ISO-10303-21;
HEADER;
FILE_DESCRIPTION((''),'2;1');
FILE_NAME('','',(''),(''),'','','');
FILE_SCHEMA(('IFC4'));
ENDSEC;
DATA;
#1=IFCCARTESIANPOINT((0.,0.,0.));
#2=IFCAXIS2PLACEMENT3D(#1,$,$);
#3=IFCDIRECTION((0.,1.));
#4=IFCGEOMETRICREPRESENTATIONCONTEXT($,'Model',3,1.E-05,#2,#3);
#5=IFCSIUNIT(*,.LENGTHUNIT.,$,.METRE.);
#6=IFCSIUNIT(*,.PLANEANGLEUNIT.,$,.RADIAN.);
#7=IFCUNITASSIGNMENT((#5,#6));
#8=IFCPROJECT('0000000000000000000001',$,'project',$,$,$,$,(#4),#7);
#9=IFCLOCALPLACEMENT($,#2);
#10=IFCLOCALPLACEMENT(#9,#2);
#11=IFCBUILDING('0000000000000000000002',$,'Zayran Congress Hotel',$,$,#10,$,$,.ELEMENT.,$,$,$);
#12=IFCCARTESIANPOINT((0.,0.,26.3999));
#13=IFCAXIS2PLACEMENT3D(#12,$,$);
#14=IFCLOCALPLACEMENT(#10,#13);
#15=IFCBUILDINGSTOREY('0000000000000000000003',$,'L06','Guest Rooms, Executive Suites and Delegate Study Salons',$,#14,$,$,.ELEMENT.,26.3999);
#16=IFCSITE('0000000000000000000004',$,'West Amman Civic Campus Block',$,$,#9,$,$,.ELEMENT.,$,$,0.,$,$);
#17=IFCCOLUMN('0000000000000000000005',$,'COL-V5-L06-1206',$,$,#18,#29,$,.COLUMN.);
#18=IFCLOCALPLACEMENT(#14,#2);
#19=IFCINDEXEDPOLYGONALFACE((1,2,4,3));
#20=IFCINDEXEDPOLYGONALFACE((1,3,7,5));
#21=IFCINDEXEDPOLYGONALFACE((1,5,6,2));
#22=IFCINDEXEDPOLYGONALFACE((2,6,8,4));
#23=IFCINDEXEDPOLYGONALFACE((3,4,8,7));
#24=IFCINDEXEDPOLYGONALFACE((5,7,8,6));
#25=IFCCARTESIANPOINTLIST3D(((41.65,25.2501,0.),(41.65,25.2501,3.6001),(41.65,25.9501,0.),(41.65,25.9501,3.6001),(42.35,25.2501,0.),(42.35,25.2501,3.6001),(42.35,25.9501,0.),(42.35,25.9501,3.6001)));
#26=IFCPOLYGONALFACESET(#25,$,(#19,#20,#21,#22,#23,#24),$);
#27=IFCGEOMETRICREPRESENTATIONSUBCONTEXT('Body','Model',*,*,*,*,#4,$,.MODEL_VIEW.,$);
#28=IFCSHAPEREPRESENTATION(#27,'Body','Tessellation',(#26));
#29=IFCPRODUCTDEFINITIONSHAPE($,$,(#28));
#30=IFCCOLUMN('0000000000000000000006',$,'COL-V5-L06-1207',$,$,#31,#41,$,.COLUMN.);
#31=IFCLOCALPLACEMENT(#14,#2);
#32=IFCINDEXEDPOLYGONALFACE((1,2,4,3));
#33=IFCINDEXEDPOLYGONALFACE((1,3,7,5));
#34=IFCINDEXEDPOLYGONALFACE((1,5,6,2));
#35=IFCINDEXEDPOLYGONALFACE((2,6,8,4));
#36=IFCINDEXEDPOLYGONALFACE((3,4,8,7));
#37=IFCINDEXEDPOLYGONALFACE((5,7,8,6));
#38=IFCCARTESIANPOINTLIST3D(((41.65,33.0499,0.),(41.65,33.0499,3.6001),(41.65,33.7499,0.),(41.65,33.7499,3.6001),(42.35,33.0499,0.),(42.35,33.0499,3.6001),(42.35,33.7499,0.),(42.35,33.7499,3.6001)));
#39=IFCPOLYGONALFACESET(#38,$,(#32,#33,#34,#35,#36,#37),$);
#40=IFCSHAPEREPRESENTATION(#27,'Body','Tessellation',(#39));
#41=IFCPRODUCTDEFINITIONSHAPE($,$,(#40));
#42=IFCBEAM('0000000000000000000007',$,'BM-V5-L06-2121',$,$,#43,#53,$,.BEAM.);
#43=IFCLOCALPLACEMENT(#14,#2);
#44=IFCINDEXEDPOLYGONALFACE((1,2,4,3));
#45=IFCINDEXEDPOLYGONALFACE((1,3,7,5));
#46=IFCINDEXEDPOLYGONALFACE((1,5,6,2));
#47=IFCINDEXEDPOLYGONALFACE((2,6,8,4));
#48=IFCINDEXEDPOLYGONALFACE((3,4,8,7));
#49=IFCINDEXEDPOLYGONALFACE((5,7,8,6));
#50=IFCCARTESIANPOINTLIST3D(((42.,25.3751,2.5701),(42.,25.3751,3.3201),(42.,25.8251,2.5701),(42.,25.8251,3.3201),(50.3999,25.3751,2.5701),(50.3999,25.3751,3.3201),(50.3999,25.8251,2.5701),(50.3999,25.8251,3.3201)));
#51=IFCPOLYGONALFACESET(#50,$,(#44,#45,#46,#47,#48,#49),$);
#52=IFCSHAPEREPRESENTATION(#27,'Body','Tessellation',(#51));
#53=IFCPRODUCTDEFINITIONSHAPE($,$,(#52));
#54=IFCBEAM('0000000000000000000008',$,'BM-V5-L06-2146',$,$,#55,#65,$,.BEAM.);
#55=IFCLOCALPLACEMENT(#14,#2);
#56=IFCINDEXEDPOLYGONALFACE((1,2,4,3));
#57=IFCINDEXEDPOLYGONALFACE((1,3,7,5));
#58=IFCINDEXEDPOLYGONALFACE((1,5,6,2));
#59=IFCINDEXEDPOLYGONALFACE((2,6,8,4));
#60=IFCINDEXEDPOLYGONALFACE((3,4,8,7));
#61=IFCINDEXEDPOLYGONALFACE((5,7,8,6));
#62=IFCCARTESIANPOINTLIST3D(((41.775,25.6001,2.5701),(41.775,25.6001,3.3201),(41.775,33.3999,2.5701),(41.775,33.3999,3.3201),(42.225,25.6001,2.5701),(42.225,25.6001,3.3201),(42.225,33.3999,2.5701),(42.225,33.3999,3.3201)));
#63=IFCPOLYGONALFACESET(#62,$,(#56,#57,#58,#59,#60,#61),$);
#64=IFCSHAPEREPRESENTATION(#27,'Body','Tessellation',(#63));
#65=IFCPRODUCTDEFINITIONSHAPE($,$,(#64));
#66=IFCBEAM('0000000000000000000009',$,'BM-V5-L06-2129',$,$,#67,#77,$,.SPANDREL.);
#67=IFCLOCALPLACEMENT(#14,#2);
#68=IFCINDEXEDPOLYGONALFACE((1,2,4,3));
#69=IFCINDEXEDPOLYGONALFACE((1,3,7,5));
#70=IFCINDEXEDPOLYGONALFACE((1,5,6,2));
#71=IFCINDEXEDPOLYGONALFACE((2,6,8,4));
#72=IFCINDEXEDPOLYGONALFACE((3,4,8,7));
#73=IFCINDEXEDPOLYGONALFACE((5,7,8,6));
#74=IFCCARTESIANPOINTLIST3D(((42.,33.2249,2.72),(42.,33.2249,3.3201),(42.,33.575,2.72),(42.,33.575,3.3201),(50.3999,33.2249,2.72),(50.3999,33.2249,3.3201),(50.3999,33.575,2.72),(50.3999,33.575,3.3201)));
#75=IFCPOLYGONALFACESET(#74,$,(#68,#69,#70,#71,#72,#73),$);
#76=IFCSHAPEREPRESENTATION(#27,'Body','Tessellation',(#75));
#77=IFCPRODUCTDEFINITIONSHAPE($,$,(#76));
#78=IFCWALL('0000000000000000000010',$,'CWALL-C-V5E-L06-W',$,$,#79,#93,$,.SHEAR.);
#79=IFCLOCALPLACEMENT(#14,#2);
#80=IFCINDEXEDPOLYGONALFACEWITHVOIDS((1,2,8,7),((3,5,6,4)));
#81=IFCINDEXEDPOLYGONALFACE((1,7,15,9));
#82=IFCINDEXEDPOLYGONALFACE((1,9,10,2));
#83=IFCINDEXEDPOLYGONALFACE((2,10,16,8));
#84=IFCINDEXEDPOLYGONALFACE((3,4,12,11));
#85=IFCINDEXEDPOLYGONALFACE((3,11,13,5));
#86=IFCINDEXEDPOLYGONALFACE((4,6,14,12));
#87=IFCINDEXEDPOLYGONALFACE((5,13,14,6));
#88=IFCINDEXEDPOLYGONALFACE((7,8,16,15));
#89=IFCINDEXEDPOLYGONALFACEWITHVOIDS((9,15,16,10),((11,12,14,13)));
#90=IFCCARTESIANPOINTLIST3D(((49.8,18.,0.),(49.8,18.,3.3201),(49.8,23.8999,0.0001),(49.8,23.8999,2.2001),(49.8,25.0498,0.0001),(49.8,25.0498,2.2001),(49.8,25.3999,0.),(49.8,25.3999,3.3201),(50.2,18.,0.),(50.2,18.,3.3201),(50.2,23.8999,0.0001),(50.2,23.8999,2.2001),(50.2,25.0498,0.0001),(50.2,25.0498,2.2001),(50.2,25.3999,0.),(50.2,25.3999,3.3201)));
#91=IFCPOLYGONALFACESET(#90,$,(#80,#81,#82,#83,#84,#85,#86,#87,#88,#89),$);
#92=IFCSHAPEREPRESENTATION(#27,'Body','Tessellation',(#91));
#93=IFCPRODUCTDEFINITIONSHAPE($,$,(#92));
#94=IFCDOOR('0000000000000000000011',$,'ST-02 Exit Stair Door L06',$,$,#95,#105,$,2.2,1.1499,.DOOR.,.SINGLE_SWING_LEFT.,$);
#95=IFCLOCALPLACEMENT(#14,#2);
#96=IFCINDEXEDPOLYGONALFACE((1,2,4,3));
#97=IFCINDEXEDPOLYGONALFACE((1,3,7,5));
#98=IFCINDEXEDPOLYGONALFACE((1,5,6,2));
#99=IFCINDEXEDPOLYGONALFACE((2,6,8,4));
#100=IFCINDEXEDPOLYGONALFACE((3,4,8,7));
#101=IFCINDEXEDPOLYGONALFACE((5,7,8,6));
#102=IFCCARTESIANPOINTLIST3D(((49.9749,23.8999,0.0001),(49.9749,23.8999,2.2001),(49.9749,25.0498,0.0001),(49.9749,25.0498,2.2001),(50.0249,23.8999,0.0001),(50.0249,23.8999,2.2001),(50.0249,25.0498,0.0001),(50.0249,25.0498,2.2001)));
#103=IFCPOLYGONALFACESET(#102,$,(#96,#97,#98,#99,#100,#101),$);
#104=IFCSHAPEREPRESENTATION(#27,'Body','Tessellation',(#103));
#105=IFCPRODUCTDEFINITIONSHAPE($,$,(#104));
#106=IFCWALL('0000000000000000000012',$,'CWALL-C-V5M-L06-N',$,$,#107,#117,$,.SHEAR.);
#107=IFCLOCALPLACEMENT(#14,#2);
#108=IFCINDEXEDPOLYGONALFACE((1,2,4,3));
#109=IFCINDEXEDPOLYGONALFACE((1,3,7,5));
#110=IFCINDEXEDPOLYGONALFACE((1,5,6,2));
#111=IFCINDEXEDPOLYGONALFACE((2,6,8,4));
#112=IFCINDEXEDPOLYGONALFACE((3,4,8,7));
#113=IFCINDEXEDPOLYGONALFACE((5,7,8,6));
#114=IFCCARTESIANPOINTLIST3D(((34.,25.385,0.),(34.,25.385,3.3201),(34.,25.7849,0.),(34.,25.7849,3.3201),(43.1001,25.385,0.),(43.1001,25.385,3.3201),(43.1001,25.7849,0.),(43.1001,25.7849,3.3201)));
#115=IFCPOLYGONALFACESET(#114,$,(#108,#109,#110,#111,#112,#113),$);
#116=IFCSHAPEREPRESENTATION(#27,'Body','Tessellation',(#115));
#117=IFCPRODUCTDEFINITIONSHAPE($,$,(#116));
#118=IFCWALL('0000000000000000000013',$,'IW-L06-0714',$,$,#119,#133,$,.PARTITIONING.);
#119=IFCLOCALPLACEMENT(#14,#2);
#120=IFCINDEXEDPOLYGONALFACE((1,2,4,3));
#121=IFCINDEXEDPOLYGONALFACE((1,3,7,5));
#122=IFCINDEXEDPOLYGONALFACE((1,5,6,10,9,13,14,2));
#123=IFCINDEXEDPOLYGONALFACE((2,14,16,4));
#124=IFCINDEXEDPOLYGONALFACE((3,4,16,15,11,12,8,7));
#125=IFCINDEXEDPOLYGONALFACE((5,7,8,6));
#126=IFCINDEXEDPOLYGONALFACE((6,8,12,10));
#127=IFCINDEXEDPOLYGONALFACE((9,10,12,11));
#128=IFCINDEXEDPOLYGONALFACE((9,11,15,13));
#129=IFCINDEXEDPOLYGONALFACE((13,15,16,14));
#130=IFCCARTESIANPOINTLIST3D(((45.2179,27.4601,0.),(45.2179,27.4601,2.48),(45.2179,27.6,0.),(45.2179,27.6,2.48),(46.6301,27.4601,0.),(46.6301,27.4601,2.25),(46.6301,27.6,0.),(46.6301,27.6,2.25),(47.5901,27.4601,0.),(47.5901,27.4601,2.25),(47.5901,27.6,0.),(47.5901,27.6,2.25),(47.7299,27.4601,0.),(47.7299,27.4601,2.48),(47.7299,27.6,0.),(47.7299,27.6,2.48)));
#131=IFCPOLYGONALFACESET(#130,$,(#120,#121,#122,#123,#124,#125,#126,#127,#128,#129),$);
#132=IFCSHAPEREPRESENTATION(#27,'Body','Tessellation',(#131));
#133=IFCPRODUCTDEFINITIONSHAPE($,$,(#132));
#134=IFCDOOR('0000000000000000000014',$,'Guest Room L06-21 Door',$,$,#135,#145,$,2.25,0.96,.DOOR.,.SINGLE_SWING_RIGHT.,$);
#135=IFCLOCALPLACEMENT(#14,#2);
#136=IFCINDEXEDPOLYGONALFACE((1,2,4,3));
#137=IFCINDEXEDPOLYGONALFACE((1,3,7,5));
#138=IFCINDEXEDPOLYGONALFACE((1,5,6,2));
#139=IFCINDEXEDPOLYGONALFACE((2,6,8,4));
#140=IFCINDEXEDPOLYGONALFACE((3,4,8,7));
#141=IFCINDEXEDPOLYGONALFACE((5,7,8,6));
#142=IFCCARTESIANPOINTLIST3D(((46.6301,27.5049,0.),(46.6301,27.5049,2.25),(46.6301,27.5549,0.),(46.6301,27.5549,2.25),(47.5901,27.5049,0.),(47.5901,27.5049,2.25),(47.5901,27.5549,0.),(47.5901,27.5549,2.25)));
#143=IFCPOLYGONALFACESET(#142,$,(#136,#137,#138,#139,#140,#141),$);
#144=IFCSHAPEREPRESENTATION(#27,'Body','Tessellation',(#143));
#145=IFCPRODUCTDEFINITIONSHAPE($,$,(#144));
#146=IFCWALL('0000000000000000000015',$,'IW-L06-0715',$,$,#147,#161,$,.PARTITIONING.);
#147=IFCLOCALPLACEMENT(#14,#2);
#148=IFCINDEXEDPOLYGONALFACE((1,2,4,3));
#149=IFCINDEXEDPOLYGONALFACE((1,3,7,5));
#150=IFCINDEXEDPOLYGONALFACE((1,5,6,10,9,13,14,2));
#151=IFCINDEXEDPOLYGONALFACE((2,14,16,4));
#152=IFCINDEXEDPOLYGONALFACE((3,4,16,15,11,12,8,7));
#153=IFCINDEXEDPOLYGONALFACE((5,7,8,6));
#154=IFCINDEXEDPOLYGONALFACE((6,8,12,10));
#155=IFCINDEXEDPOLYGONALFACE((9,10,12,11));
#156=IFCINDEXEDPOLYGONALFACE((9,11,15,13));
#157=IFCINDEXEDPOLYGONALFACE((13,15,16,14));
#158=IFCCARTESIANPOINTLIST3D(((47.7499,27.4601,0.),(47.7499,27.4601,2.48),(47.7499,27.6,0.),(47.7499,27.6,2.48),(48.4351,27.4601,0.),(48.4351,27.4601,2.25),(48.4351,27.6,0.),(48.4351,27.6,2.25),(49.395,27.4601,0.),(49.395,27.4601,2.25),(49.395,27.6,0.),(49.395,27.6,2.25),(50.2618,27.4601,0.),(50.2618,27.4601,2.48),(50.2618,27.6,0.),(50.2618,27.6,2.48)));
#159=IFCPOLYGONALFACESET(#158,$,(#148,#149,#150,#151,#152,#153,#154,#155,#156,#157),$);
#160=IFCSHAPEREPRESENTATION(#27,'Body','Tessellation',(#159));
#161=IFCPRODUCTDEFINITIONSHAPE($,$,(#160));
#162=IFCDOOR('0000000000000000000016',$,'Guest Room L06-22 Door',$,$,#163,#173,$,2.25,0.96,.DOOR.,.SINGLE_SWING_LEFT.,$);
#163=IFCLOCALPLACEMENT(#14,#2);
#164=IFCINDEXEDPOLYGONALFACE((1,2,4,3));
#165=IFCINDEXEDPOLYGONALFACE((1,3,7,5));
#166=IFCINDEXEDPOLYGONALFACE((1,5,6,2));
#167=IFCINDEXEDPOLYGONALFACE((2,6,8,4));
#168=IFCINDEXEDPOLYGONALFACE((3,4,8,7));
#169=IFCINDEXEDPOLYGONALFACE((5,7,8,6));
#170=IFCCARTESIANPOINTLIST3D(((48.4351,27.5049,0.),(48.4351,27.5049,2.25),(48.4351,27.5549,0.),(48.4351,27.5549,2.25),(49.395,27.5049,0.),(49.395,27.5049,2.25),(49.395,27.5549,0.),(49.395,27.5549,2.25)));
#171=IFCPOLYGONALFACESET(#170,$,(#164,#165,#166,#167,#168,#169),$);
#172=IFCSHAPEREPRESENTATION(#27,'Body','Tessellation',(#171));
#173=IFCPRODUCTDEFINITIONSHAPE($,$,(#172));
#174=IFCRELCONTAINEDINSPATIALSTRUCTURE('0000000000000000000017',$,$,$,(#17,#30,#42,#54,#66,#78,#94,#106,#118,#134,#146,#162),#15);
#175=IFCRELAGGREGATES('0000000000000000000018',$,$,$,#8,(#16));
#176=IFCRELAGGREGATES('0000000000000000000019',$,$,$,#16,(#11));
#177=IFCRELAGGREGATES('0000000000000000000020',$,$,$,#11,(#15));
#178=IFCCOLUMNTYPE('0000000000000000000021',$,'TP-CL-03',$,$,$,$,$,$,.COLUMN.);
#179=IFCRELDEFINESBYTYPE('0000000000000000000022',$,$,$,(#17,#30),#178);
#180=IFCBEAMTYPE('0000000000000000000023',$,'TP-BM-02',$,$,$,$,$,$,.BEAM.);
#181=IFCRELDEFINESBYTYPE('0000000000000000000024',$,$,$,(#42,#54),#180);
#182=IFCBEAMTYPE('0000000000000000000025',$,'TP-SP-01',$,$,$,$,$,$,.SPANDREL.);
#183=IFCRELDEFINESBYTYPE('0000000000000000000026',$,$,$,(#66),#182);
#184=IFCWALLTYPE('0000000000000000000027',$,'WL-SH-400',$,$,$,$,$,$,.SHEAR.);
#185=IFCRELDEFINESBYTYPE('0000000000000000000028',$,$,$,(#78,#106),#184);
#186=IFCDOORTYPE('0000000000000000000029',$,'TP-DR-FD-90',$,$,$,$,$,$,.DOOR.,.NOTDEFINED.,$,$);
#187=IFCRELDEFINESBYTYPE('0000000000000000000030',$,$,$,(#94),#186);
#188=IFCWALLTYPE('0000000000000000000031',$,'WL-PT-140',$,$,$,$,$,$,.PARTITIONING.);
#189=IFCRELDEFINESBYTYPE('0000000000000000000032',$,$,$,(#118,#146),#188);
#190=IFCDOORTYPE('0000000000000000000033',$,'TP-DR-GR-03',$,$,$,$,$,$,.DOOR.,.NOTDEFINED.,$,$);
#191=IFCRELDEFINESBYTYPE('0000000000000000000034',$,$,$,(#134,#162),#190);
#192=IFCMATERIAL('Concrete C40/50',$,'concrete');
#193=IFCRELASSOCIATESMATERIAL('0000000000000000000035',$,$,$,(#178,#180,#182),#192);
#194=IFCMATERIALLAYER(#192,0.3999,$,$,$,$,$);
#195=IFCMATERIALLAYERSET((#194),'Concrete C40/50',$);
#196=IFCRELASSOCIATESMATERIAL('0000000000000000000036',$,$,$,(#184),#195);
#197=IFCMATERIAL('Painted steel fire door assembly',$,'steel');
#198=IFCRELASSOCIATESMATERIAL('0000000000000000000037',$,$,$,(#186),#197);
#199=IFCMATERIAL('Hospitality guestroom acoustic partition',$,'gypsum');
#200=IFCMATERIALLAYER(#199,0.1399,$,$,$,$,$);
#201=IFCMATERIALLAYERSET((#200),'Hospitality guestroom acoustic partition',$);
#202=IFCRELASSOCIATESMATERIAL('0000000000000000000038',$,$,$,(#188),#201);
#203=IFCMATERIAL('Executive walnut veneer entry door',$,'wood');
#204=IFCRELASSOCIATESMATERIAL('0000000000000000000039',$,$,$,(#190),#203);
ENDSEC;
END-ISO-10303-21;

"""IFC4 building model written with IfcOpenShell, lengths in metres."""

from ifc_helpers import new_model, si_unit, direction, frame, frame_2d, origin, origin_2d, place, context, subcontext, project, spatial, rectangle, extrude, material, layer, layer_set, material_profile, profile_set, type_object, element, fill, save


model = new_model("IFC4")

# Units and contexts
model_context = context("Model", 3, precision=1e-05, world=origin(), true_north=direction((0.0, 1.0)))
body_context = subcontext(model_context, "Body", "Model", "MODEL_VIEW")
ifc_project = project(units=[si_unit("LENGTHUNIT", "METRE"), si_unit("PLANEANGLEUNIT", "RADIAN")], contexts=[model_context])

# Site, building, storey
site_placement = place(None, origin())
site = spatial("IfcSite", under=ifc_project, at=site_placement, Name="West Amman Civic Campus Block", CompositionType="ELEMENT", RefElevation=0.0)
building_placement = place(site_placement, origin())
building = spatial("IfcBuilding", under=site, at=building_placement, Name="Zayran Congress Hotel", CompositionType="ELEMENT")
storey_placement = place(building_placement, frame((0.0, 0.0, 26.3999)))
storey = spatial("IfcBuildingStorey", under=building, at=storey_placement, Name="L06", Description="Guest Rooms, Executive Suites and Delegate Study Salons", CompositionType="ELEMENT", Elevation=26.3999)

# Columns
ifc_material_1 = material(Name="Concrete C40/50", Category="concrete")
ifc_material_profile_1 = material_profile(ifc_material_1, rectangle(XDim=0.7, YDim=0.7, at=origin_2d()), Name="RC 700x700")
ifc_profile_set_1 = profile_set([ifc_material_profile_1], Name="Concrete C40/50")
column_type = type_object("IfcColumnType", Name="TP-CL-03", PredefinedType="COLUMN", material=ifc_profile_set_1)
for number, where, z_axis, x_axis, name in (
    (1, (42.0, 25.6001, 0.0), (0.0, 0.0, 1.0), (1.0, 0.0, 0.0), "COL-V5-L06-1206"),
    (2, (42.0, 33.3999, 0.0), (0.0, 0.0, 1.0), (1.0, 0.0, 0.0), "COL-V5-L06-1207"),
):
    element("IfcColumn", number, at=place(storey_placement, frame(where, z_axis=z_axis, x_axis=x_axis)), inside=storey, type_object=column_type, Name=name, PredefinedType="COLUMN", context=body_context, shape_type="SweptSolid", body=[
        extrude(rectangle(XDim=0.7, YDim=0.7, at=origin_2d()), origin(), (0.0, 0.0, 1.0), 3.6001),
    ])

# Beams
ifc_material_profile_2 = material_profile(ifc_material_1, rectangle(XDim=0.45, YDim=0.75, at=origin_2d()), Name="RC 450x750")
ifc_profile_set_2 = profile_set([ifc_material_profile_2], Name="Concrete C40/50")
beam_type_1 = type_object("IfcBeamType", Name="TP-BM-02", PredefinedType="BEAM", material=ifc_profile_set_2)
beam_1_placement = place(storey_placement, frame((42.0, 25.6001, 2.9451), z_axis=(1.0, 0.0, 0.0), x_axis=(0.0, 1.0, 0.0)))
element("IfcBeam", 3, at=beam_1_placement, inside=storey, type_object=beam_type_1, Name="BM-V5-L06-2121", PredefinedType="BEAM", context=body_context, shape_type="SweptSolid", body=[
    extrude(rectangle(XDim=0.45, YDim=0.75, at=origin_2d()), origin(), (0.0, 0.0, 1.0), 8.3999),
])
beam_2_placement = place(storey_placement, frame((42.0, 25.6001, 2.9451), z_axis=(0.0, 1.0, 0.0), x_axis=(-1.0, 0.0, 0.0)))
element("IfcBeam", 4, at=beam_2_placement, inside=storey, type_object=beam_type_1, Name="BM-V5-L06-2146", PredefinedType="BEAM", context=body_context, shape_type="SweptSolid", body=[
    extrude(rectangle(XDim=0.45, YDim=0.75, at=origin_2d()), origin(), (0.0, 0.0, 1.0), 7.7998),
])
ifc_material_profile_3 = material_profile(ifc_material_1, rectangle(XDim=0.3501, YDim=0.6001, at=origin_2d()), Name="RC 350x600")
ifc_profile_set_3 = profile_set([ifc_material_profile_3], Name="Concrete C40/50")
beam_type_2 = type_object("IfcBeamType", Name="TP-SP-01", PredefinedType="SPANDREL", material=ifc_profile_set_3)
beam_3_placement = place(storey_placement, frame((42.0, 33.3999, 3.02), z_axis=(1.0, 0.0, 0.0), x_axis=(0.0, 1.0, 0.0)))
element("IfcBeam", 5, at=beam_3_placement, inside=storey, type_object=beam_type_2, Name="BM-V5-L06-2129", PredefinedType="SPANDREL", context=body_context, shape_type="SweptSolid", body=[
    extrude(rectangle(XDim=0.3501, YDim=0.6001, at=origin_2d()), origin(), (0.0, 0.0, 1.0), 8.3999),
])

# Wall, opening, door
ifc_layer_1 = layer(ifc_material_1, 0.3999)
ifc_layer_set_1 = layer_set([ifc_layer_1], Name="Concrete C40/50")
wall_type_1 = type_object("IfcWallType", Name="WL-SH-400", PredefinedType="SHEAR", material=ifc_layer_set_1)
wall_1_placement = place(storey_placement, frame((50.0, 25.3999, 0.0), z_axis=(0.0, 0.0, 1.0), x_axis=(0.0, -1.0, 0.0)))
wall_1 = element("IfcWall", 6, at=wall_1_placement, inside=storey, type_object=wall_type_1, Name="CWALL-C-V5E-L06-W", PredefinedType="SHEAR", context=body_context, shape_type="SweptSolid", body=[
    extrude(rectangle(XDim=7.3999, YDim=0.3999, at=frame_2d((3.7, 0.0))), origin(), (0.0, 0.0, 1.0), 3.3201),
])
opening_1_placement = place(wall_1_placement, frame((0.3501, 0.0, 0.0)))
opening_1 = element("IfcOpeningElement", 7, at=opening_1_placement, cuts=wall_1, PredefinedType="OPENING", context=body_context, shape_type="SweptSolid", body=[
    extrude(rectangle(XDim=1.1499, YDim=2.2, at=frame_2d((0.575, 1.1001))), frame((0.0, 0.21, 0.0), z_axis=(0.0, -1.0, 0.0), x_axis=(1.0, 0.0, 0.0)), (0.0, 0.0, 1.0), 0.4199),
])
ifc_material_2 = material(Name="Painted steel fire door assembly", Category="steel")
door_type_1 = type_object("IfcDoorType", Name="TP-DR-FD-90", OperationType="NOTDEFINED", PredefinedType="DOOR", material=ifc_material_2)
door_1_placement = place(opening_1_placement, origin())
door_1 = element("IfcDoor", 8, at=door_1_placement, inside=storey, type_object=door_type_1, Name="ST-02 Exit Stair Door L06", OperationType="SINGLE_SWING_LEFT", OverallHeight=2.2, OverallWidth=1.1499, PredefinedType="DOOR", context=body_context, shape_type="SweptSolid", body=[
    extrude(rectangle(XDim=1.1499, YDim=2.2, at=frame_2d((0.575, 1.1001))), frame((0.0, 0.0249, 0.0), z_axis=(0.0, -1.0, 0.0), x_axis=(1.0, 0.0, 0.0)), (0.0, 0.0, 1.0), 0.05),
])
fill(opening_1, door_1)

# Wall
wall_2_placement = place(storey_placement, frame((43.1001, 25.585, 0.0), z_axis=(0.0, 0.0, 1.0), x_axis=(-1.0, 0.0, 0.0)))
element("IfcWall", 9, at=wall_2_placement, inside=storey, type_object=wall_type_1, Name="CWALL-C-V5M-L06-N", PredefinedType="SHEAR", context=body_context, shape_type="SweptSolid", body=[
    extrude(rectangle(XDim=9.1001, YDim=0.3999, at=frame_2d((4.55, 0.0))), origin(), (0.0, 0.0, 1.0), 3.3201),
])

# Walls, openings, doors
ifc_material_3 = material(Name="Hospitality guestroom acoustic partition", Category="gypsum")
ifc_layer_2 = layer(ifc_material_3, 0.1399)
ifc_layer_set_2 = layer_set([ifc_layer_2], Name="Hospitality guestroom acoustic partition")
wall_type_2 = type_object("IfcWallType", Name="WL-PT-140", PredefinedType="PARTITIONING", material=ifc_layer_set_2)
wall_3_placement = place(storey_placement, frame((45.218, 27.53, 0.0), z_axis=(0.0, 0.0, 1.0), x_axis=(1.0, 0.0, 0.0)))
wall_3 = element("IfcWall", 10, at=wall_3_placement, inside=storey, type_object=wall_type_2, Name="IW-L06-0714", PredefinedType="PARTITIONING", context=body_context, shape_type="SweptSolid", body=[
    extrude(rectangle(XDim=2.512, YDim=0.1399, at=frame_2d((1.2559, 0.0))), origin(), (0.0, 0.0, 1.0), 2.48),
])
opening_2_placement = place(wall_3_placement, frame((1.4121, 0.0, 0.0)))
opening_2 = element("IfcOpeningElement", 11, at=opening_2_placement, cuts=wall_3, PredefinedType="OPENING", context=body_context, shape_type="SweptSolid", body=[
    extrude(rectangle(XDim=0.96, YDim=2.25, at=frame_2d((0.48, 1.125))), frame((0.0, 0.0798, 0.0), z_axis=(0.0, -1.0, 0.0), x_axis=(1.0, 0.0, 0.0)), (0.0, 0.0, 1.0), 0.1599),
])
ifc_material_4 = material(Name="Executive walnut veneer entry door", Category="wood")
door_type_2 = type_object("IfcDoorType", Name="TP-DR-GR-03", OperationType="NOTDEFINED", PredefinedType="DOOR", material=ifc_material_4)
door_2_placement = place(opening_2_placement, origin())
door_2 = element("IfcDoor", 12, at=door_2_placement, inside=storey, type_object=door_type_2, Name="Guest Room L06-21 Door", OperationType="SINGLE_SWING_RIGHT", OverallHeight=2.25, OverallWidth=0.96, PredefinedType="DOOR", context=body_context, shape_type="SweptSolid", body=[
    extrude(rectangle(XDim=0.96, YDim=2.25, at=frame_2d((0.48, 1.125))), frame((0.0, 0.0249, 0.0), z_axis=(0.0, -1.0, 0.0), x_axis=(1.0, 0.0, 0.0)), (0.0, 0.0, 1.0), 0.05),
])
fill(opening_2, door_2)
wall_4_placement = place(storey_placement, frame((47.75, 27.53, 0.0), z_axis=(0.0, 0.0, 1.0), x_axis=(1.0, 0.0, 0.0)))
wall_4 = element("IfcWall", 13, at=wall_4_placement, inside=storey, type_object=wall_type_2, Name="IW-L06-0715", PredefinedType="PARTITIONING", context=body_context, shape_type="SweptSolid", body=[
    extrude(rectangle(XDim=2.512, YDim=0.1399, at=frame_2d((1.2559, 0.0))), origin(), (0.0, 0.0, 1.0), 2.48),
])
opening_3_placement = place(wall_4_placement, frame((0.6851, 0.0, 0.0)))
opening_3 = element("IfcOpeningElement", 14, at=opening_3_placement, cuts=wall_4, PredefinedType="OPENING", context=body_context, shape_type="SweptSolid", body=[
    extrude(rectangle(XDim=0.96, YDim=2.25, at=frame_2d((0.48, 1.125))), frame((0.0, 0.0798, 0.0), z_axis=(0.0, -1.0, 0.0), x_axis=(1.0, 0.0, 0.0)), (0.0, 0.0, 1.0), 0.1599),
])
door_3_placement = place(opening_3_placement, origin())
door_3 = element("IfcDoor", 15, at=door_3_placement, inside=storey, type_object=door_type_2, Name="Guest Room L06-22 Door", OperationType="SINGLE_SWING_LEFT", OverallHeight=2.25, OverallWidth=0.96, PredefinedType="DOOR", context=body_context, shape_type="SweptSolid", body=[
    extrude(rectangle(XDim=0.96, YDim=2.25, at=frame_2d((0.48, 1.125))), frame((0.0, 0.0249, 0.0), z_axis=(0.0, -1.0, 0.0), x_axis=(1.0, 0.0, 0.0)), (0.0, 0.0, 1.0), 0.05),
])
fill(opening_3, door_3)

save(model, "model.ifc")
